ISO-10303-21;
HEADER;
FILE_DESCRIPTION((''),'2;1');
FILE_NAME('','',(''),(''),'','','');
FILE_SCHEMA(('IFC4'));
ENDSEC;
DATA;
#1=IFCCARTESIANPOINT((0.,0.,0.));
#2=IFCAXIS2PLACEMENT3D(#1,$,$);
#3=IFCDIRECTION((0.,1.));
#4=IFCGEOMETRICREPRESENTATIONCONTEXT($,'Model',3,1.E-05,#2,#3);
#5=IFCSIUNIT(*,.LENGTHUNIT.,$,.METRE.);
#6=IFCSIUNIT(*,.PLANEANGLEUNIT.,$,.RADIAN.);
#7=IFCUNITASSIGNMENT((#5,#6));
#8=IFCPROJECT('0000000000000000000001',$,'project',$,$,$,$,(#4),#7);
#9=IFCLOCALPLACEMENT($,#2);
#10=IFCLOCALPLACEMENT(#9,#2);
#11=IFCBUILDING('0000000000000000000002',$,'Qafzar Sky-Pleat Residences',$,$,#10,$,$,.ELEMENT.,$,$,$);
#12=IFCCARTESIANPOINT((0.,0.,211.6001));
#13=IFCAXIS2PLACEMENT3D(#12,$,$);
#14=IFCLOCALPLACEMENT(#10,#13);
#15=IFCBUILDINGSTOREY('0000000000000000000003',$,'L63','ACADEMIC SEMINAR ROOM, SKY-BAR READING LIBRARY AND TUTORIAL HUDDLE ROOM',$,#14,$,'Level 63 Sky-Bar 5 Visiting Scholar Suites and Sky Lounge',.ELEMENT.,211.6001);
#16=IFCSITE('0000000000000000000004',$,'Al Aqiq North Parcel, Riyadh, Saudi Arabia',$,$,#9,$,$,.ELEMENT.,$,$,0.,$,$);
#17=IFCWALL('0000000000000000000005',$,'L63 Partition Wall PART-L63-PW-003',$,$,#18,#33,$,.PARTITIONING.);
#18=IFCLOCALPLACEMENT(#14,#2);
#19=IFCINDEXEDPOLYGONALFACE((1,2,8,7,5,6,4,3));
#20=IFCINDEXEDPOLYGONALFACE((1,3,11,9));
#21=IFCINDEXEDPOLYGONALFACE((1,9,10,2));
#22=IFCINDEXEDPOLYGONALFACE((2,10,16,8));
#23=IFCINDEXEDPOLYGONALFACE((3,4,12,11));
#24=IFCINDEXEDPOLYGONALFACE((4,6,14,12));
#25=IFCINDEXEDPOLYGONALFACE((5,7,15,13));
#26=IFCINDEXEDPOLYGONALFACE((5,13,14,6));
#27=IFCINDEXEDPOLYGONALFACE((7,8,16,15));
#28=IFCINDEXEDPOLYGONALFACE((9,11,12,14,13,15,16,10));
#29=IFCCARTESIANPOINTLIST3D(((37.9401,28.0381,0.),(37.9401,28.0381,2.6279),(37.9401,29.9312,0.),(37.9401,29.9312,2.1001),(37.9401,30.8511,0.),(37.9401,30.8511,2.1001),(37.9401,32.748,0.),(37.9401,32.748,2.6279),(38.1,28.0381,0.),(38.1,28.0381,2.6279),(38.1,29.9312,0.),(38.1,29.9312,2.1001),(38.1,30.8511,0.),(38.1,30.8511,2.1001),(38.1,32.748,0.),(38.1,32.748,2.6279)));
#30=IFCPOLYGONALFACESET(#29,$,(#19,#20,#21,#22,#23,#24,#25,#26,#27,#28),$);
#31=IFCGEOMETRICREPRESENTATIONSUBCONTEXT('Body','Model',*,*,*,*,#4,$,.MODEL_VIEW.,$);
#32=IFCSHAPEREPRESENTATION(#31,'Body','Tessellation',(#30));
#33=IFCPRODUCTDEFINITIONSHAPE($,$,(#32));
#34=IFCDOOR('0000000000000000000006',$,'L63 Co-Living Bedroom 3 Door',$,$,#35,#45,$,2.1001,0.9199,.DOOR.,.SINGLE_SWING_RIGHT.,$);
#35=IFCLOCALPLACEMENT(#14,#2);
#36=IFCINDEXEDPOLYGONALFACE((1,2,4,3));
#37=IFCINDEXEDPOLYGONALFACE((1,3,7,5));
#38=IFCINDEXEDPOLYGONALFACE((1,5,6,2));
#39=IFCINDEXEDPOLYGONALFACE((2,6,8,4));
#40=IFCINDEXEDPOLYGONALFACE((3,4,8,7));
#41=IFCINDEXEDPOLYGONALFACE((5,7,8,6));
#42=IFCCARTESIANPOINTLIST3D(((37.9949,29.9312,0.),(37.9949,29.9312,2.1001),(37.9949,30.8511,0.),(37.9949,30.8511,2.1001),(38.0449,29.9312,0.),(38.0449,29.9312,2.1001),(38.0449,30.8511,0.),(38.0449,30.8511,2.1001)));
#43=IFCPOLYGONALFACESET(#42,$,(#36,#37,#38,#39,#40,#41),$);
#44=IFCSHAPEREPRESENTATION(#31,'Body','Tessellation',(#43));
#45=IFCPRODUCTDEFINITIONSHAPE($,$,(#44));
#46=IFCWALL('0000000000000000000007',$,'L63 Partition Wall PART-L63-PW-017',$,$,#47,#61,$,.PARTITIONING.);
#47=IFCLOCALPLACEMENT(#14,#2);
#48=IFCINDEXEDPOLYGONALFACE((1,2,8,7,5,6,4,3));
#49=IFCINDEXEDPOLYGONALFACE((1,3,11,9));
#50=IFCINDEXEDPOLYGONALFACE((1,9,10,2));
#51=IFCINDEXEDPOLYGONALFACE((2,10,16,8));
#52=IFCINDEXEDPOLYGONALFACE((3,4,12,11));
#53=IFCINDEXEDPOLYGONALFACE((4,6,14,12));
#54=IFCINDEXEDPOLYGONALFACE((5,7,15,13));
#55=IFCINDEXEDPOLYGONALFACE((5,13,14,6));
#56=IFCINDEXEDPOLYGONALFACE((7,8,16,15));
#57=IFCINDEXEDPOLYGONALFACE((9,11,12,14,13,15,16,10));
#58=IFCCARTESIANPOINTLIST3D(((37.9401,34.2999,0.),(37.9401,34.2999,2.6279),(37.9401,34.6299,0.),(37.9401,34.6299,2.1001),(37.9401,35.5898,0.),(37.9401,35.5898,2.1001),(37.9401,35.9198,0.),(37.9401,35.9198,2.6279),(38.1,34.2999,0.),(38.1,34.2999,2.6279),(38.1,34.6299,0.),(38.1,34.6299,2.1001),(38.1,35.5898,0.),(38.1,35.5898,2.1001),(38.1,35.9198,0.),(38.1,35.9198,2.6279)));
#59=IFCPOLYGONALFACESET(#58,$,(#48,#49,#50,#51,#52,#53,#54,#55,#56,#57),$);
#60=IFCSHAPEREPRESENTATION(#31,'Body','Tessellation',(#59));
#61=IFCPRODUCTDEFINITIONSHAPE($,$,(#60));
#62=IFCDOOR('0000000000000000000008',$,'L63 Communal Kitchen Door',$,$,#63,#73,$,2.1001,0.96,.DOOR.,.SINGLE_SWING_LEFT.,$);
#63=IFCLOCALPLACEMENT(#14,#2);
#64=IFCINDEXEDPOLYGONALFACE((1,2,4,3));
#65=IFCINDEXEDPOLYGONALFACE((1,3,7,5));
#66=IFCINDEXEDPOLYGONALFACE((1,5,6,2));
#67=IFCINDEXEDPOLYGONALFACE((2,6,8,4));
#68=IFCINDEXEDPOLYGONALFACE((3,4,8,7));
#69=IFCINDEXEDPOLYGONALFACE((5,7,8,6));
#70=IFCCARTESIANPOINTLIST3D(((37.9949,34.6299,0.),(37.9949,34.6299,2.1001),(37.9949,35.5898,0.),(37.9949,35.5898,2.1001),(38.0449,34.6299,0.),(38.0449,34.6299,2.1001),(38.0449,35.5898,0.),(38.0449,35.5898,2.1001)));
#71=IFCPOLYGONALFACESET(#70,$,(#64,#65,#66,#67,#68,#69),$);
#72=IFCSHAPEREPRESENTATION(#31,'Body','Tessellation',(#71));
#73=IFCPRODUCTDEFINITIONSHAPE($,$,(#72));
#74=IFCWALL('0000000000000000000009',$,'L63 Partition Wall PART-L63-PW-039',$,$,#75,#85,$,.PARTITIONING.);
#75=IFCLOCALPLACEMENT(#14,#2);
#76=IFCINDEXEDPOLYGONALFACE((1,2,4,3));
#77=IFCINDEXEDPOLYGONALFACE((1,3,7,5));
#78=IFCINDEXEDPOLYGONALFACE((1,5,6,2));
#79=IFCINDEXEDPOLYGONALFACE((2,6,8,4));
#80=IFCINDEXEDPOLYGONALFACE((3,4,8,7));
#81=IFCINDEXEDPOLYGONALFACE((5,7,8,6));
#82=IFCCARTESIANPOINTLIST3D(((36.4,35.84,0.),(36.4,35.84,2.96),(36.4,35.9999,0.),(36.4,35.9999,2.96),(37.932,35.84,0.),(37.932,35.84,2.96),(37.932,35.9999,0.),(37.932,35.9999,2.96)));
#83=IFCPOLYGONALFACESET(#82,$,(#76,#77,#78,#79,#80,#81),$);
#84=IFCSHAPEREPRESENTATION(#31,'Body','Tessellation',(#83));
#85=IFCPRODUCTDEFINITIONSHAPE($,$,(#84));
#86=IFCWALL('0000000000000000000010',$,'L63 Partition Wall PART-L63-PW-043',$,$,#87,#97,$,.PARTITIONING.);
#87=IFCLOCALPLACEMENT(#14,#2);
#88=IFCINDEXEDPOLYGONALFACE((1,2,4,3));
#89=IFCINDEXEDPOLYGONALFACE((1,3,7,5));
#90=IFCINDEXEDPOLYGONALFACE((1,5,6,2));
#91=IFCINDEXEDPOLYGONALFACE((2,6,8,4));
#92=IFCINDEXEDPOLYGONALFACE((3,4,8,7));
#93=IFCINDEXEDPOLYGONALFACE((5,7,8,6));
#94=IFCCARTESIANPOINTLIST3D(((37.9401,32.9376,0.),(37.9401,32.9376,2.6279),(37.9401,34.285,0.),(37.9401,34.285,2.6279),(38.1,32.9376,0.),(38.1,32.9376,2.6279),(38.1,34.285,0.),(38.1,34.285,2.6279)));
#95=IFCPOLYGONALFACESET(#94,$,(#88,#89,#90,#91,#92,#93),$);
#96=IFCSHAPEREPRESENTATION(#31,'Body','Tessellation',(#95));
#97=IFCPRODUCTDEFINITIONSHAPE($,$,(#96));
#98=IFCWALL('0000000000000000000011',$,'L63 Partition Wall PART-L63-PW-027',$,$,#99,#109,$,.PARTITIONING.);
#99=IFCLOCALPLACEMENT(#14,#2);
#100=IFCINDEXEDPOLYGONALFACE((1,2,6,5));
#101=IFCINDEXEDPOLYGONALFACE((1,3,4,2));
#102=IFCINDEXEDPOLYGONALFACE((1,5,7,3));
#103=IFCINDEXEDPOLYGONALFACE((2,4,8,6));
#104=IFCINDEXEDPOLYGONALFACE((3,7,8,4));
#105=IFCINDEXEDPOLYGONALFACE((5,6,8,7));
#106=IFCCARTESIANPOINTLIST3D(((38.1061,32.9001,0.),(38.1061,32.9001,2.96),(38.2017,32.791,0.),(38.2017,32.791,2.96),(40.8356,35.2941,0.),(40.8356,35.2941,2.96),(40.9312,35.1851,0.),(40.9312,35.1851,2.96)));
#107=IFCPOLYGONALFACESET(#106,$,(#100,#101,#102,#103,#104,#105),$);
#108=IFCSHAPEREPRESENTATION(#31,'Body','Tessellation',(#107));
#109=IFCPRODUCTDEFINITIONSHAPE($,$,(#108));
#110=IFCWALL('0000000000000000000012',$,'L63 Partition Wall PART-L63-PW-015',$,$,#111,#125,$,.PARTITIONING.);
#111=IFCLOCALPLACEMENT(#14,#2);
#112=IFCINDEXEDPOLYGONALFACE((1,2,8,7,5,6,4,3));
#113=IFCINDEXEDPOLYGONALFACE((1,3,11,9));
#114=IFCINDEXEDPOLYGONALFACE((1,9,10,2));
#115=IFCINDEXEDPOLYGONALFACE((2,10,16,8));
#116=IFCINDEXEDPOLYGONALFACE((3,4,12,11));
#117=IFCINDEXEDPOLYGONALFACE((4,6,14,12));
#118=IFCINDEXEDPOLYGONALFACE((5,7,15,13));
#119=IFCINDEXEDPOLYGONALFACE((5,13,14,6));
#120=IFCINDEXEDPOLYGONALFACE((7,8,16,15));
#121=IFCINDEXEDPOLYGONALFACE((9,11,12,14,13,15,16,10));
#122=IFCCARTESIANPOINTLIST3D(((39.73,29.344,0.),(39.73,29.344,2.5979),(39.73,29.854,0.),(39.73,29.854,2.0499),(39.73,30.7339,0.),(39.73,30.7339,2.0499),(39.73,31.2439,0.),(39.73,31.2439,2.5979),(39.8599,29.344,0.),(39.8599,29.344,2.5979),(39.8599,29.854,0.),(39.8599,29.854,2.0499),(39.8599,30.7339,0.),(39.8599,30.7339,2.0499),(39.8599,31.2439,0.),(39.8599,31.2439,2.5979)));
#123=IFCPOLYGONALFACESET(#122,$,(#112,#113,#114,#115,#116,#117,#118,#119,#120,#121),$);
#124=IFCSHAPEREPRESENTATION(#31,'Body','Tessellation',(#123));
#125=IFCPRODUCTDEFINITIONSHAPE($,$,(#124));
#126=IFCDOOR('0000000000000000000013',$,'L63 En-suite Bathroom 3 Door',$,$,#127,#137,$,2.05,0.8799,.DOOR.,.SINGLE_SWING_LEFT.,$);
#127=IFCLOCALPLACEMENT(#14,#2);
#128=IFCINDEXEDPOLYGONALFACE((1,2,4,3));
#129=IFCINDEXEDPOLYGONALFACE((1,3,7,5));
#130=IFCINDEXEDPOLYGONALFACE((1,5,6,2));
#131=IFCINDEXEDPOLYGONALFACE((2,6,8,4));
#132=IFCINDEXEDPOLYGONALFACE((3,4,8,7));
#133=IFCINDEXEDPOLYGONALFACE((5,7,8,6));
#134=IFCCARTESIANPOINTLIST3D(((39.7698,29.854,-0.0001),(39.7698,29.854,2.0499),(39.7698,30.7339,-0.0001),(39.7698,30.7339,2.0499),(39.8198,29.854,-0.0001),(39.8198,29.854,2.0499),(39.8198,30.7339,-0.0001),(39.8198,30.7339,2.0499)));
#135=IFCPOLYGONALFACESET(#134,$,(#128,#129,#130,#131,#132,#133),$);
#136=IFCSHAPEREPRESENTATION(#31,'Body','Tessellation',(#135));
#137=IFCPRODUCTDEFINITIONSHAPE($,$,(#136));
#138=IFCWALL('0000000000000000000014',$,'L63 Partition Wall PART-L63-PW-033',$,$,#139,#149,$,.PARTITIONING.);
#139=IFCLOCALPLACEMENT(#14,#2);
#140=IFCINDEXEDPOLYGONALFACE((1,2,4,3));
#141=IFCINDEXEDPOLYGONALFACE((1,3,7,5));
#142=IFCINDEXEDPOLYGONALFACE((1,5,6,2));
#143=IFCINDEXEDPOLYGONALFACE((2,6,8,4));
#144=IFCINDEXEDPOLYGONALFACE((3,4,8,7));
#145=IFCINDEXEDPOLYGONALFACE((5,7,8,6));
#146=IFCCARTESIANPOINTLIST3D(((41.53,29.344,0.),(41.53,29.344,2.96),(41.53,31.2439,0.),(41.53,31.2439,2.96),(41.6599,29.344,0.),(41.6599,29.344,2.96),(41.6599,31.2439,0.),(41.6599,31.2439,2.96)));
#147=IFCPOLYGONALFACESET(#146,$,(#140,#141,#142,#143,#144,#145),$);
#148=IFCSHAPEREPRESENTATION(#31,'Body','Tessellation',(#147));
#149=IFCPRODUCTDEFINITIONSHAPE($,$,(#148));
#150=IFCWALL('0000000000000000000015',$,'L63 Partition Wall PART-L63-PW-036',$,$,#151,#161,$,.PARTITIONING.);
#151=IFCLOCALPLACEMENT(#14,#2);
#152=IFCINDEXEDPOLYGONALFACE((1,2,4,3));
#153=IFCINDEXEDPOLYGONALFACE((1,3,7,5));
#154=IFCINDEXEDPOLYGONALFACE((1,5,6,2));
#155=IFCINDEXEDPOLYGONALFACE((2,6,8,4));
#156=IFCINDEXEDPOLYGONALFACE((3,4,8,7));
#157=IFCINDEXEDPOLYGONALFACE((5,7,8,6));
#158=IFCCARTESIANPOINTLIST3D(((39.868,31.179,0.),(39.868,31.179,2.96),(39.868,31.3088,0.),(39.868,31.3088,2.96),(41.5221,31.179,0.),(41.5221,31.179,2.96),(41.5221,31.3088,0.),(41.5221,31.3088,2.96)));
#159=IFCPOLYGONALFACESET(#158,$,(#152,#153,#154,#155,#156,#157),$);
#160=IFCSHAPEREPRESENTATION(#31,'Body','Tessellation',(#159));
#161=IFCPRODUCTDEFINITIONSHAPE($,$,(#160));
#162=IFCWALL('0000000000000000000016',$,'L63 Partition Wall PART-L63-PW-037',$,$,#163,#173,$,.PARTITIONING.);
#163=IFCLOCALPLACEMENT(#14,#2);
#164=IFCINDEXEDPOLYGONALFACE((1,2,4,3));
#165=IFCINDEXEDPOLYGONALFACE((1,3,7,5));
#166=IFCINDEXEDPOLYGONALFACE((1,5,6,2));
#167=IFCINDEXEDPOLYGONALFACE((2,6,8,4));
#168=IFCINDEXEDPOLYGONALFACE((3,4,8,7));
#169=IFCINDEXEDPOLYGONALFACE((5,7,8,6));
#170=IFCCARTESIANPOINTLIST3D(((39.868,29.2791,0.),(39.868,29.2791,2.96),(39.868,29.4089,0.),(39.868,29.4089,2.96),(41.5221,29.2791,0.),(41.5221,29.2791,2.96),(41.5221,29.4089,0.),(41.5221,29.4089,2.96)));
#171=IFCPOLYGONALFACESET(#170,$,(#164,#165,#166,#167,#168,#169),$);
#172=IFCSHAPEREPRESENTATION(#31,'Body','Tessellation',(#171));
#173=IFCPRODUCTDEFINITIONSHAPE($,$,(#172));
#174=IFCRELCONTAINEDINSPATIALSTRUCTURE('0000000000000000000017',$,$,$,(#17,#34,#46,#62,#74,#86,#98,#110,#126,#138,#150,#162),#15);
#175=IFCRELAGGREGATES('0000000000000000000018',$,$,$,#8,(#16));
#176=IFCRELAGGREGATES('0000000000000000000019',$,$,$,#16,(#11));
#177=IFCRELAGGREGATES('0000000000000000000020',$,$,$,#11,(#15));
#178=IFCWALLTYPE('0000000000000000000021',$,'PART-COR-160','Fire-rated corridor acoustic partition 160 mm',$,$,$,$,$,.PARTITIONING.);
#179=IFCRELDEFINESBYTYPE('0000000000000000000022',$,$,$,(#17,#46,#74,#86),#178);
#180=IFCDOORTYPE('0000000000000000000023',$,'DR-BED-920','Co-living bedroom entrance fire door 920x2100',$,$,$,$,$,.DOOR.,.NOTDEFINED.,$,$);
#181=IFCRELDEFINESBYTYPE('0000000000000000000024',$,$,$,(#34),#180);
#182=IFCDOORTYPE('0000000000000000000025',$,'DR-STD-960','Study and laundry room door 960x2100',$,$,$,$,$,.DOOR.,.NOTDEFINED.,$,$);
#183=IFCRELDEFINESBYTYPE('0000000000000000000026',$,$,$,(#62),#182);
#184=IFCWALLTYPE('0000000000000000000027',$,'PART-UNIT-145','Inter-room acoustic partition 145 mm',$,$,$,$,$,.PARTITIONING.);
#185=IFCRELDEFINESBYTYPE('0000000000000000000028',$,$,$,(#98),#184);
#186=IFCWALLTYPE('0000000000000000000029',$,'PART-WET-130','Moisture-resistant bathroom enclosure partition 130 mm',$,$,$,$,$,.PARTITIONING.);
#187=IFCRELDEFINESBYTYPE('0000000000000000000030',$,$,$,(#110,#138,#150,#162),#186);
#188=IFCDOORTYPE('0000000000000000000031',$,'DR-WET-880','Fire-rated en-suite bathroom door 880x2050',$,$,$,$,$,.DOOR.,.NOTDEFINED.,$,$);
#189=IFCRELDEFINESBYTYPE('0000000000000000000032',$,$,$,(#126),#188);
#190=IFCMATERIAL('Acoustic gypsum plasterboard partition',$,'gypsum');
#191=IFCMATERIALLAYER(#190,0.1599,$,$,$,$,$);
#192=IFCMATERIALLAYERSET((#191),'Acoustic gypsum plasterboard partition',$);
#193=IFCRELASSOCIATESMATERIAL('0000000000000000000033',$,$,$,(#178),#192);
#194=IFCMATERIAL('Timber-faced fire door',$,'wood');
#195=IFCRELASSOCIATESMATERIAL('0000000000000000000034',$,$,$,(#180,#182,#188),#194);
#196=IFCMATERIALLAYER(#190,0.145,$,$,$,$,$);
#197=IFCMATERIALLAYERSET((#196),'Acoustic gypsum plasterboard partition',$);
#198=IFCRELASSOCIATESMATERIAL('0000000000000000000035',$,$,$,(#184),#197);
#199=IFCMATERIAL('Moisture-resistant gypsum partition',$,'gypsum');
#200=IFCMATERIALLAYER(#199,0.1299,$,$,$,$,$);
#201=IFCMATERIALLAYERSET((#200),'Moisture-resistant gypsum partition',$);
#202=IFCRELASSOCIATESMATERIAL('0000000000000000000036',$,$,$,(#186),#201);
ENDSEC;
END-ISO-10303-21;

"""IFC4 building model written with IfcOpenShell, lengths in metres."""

from ifc_helpers import new_model, si_unit, direction, frame, frame_2d, origin, place, context, subcontext, project, spatial, rectangle, extrude, source, transform, mapped, material, layer, layer_set, type_object, element, fill, save


model = new_model("IFC4")

# Units and contexts
model_context = context("Model", 3, precision=1e-05, world=origin(), true_north=direction((0.0, 1.0)))
body_context = subcontext(model_context, "Body", "Model", "MODEL_VIEW")
ifc_project = project(units=[si_unit("LENGTHUNIT", "METRE"), si_unit("PLANEANGLEUNIT", "RADIAN")], contexts=[model_context])

# Site, building, storey
site_placement = place(None, origin())
site = spatial("IfcSite", under=ifc_project, at=site_placement, Name="Al Aqiq North Parcel, Riyadh, Saudi Arabia", CompositionType="ELEMENT", RefElevation=0.0)
building_placement = place(site_placement, origin())
building = spatial("IfcBuilding", under=site, at=building_placement, Name="Qafzar Sky-Pleat Residences", CompositionType="ELEMENT")
storey_placement = place(building_placement, frame((0.0, 0.0, 211.6001)))
storey = spatial("IfcBuildingStorey", under=building, at=storey_placement, Name="L63", Description="ACADEMIC SEMINAR ROOM, SKY-BAR READING LIBRARY AND TUTORIAL HUDDLE ROOM", LongName="Level 63 Sky-Bar 5 Visiting Scholar Suites and Sky Lounge", CompositionType="ELEMENT", Elevation=211.6001)

# Walls, openings, doors
ifc_material_1 = material(Name="Acoustic gypsum plasterboard partition", Category="gypsum")
ifc_layer_1 = layer(ifc_material_1, 0.1599)
ifc_layer_set_1 = layer_set([ifc_layer_1], Name="Acoustic gypsum plasterboard partition")
wall_type_1 = type_object("IfcWallType", Name="PART-COR-160", Description="Fire-rated corridor acoustic partition 160 mm", PredefinedType="PARTITIONING", material=ifc_layer_set_1)
wall_1_placement = place(storey_placement, frame((38.02, 32.748, 0.0), z_axis=(0.0, 0.0, 1.0), x_axis=(0.0, -1.0, 0.0)))
wall_1 = element("IfcWall", 1, at=wall_1_placement, inside=storey, type_object=wall_type_1, Name="L63 Partition Wall PART-L63-PW-003", PredefinedType="PARTITIONING", context=body_context, shape_type="SweptSolid", body=[
    extrude(rectangle(XDim=4.71, YDim=0.1599, at=frame_2d((2.355, 0.0))), origin(), (0.0, 0.0, 1.0), 2.6279),
])
opening_1_placement = place(wall_1_placement, frame((1.897, 0.0, 0.0)))
opening_1 = element("IfcOpeningElement", 2, at=opening_1_placement, cuts=wall_1, PredefinedType="OPENING", context=body_context, shape_type="SweptSolid", body=[
    extrude(rectangle(XDim=0.9199, YDim=2.1001, at=frame_2d((0.46, 1.05))), frame((0.0, 0.0898, 0.0), z_axis=(0.0, -1.0, 0.0), x_axis=(1.0, 0.0, 0.0)), (0.0, 0.0, 1.0), 0.1799),
])
ifc_material_2 = material(Name="Timber-faced fire door", Category="wood")
door_type_1 = type_object("IfcDoorType", Name="DR-BED-920", Description="Co-living bedroom entrance fire door 920x2100", OperationType="NOTDEFINED", PredefinedType="DOOR", material=ifc_material_2)
shared_shape_1 = source(origin(), body_context, "Body", "SweptSolid", [
    extrude(rectangle(XDim=0.9199, YDim=2.1001, at=frame_2d((0.46, 1.05))), frame((0.0, 0.0249, 0.0), z_axis=(0.0, -1.0, 0.0), x_axis=(1.0, 0.0, 0.0)), (0.0, 0.0, 1.0), 0.05),
])
door_1_placement = place(opening_1_placement, origin())
door_1 = element("IfcDoor", 3, at=door_1_placement, inside=storey, type_object=door_type_1, Name="L63 Co-Living Bedroom 3 Door", OperationType="SINGLE_SWING_RIGHT", OverallHeight=2.1001, OverallWidth=0.9199, PredefinedType="DOOR", context=body_context, shape_type="MappedRepresentation", body=[
    mapped(shared_shape_1, transform((0.0, 0.0, 0.0), x_axis=(1.0, 0.0, 0.0), y_axis=(0.0, 1.0, 0.0), z_axis=(0.0, 0.0, 1.0), scale=1.0)),
])
fill(opening_1, door_1)
wall_2_placement = place(storey_placement, frame((38.02, 35.9199, 0.0), z_axis=(0.0, 0.0, 1.0), x_axis=(0.0, -1.0, 0.0)))
wall_2 = element("IfcWall", 4, at=wall_2_placement, inside=storey, type_object=wall_type_1, Name="L63 Partition Wall PART-L63-PW-017", PredefinedType="PARTITIONING", context=body_context, shape_type="SweptSolid", body=[
    extrude(rectangle(XDim=1.6199, YDim=0.1599, at=frame_2d((0.8101, 0.0))), origin(), (0.0, 0.0, 1.0), 2.6279),
])
opening_2_placement = place(wall_2_placement, frame((0.3301, 0.0, 0.0)))
opening_2 = element("IfcOpeningElement", 5, at=opening_2_placement, cuts=wall_2, PredefinedType="OPENING", context=body_context, shape_type="SweptSolid", body=[
    extrude(rectangle(XDim=0.96, YDim=2.1001, at=frame_2d((0.48, 1.05))), frame((0.0, 0.0898, 0.0), z_axis=(0.0, -1.0, 0.0), x_axis=(1.0, 0.0, 0.0)), (0.0, 0.0, 1.0), 0.1799),
])
door_type_2 = type_object("IfcDoorType", Name="DR-STD-960", Description="Study and laundry room door 960x2100", OperationType="NOTDEFINED", PredefinedType="DOOR", material=ifc_material_2)
shared_shape_2 = source(origin(), body_context, "Body", "SweptSolid", [
    extrude(rectangle(XDim=0.96, YDim=2.1001, at=frame_2d((0.48, 1.05))), frame((0.0, 0.0249, 0.0), z_axis=(0.0, -1.0, 0.0), x_axis=(1.0, 0.0, 0.0)), (0.0, 0.0, 1.0), 0.05),
])
door_2_placement = place(opening_2_placement, origin())
door_2 = element("IfcDoor", 6, at=door_2_placement, inside=storey, type_object=door_type_2, Name="L63 Communal Kitchen Door", OperationType="SINGLE_SWING_LEFT", OverallHeight=2.1001, OverallWidth=0.96, PredefinedType="DOOR", context=body_context, shape_type="MappedRepresentation", body=[
    mapped(shared_shape_2, transform((0.0, 0.0, 0.0), x_axis=(1.0, 0.0, 0.0), y_axis=(0.0, 1.0, 0.0), z_axis=(0.0, 0.0, 1.0), scale=1.0)),
])
fill(opening_2, door_2)

# Walls
wall_3_placement = place(storey_placement, frame((36.3999, 35.9199, 0.0), z_axis=(0.0, 0.0, 1.0), x_axis=(1.0, 0.0, 0.0)))
element("IfcWall", 7, at=wall_3_placement, inside=storey, type_object=wall_type_1, Name="L63 Partition Wall PART-L63-PW-039", PredefinedType="PARTITIONING", context=body_context, shape_type="SweptSolid", body=[
    extrude(rectangle(XDim=1.532, YDim=0.1599, at=frame_2d((0.7661, 0.0))), origin(), (0.0, 0.0, 1.0), 2.96),
])
wall_4_placement = place(storey_placement, frame((38.02, 32.9375, 0.0), z_axis=(0.0, 0.0, 1.0), x_axis=(0.0, 1.0, 0.0)))
element("IfcWall", 8, at=wall_4_placement, inside=storey, type_object=wall_type_1, Name="L63 Partition Wall PART-L63-PW-043", PredefinedType="PARTITIONING", context=body_context, shape_type="SweptSolid", body=[
    extrude(rectangle(XDim=1.3474, YDim=0.1599, at=frame_2d((0.6738, 0.0))), origin(), (0.0, 0.0, 1.0), 2.6279),
])
ifc_layer_2 = layer(ifc_material_1, 0.145)
ifc_layer_set_2 = layer_set([ifc_layer_2], Name="Acoustic gypsum plasterboard partition")
wall_type_2 = type_object("IfcWallType", Name="PART-UNIT-145", Description="Inter-room acoustic partition 145 mm", PredefinedType="PARTITIONING", material=ifc_layer_set_2)
wall_5_placement = place(storey_placement, frame((38.1538, 32.8455, 0.0), z_axis=(0.0, 0.0, 1.0), x_axis=(0.751793, 0.659399, 0.0)))
element("IfcWall", 9, at=wall_5_placement, inside=storey, type_object=wall_type_2, Name="L63 Partition Wall PART-L63-PW-027", PredefinedType="PARTITIONING", context=body_context, shape_type="SweptSolid", body=[
    extrude(rectangle(XDim=3.6306, YDim=0.145, at=frame_2d((1.8154, 0.0))), origin(), (0.0, 0.0, 1.0), 2.96),
])

# Wall, opening, door
ifc_material_3 = material(Name="Moisture-resistant gypsum partition", Category="gypsum")
ifc_layer_3 = layer(ifc_material_3, 0.1299)
ifc_layer_set_3 = layer_set([ifc_layer_3], Name="Moisture-resistant gypsum partition")
wall_type_3 = type_object("IfcWallType", Name="PART-WET-130", Description="Moisture-resistant bathroom enclosure partition 130 mm", PredefinedType="PARTITIONING", material=ifc_layer_set_3)
wall_6_placement = place(storey_placement, frame((39.7949, 31.2439, 0.0), z_axis=(0.0, 0.0, 1.0), x_axis=(0.0, -1.0, 0.0)))
wall_6 = element("IfcWall", 10, at=wall_6_placement, inside=storey, type_object=wall_type_3, Name="L63 Partition Wall PART-L63-PW-015", PredefinedType="PARTITIONING", context=body_context, shape_type="SweptSolid", body=[
    extrude(rectangle(XDim=1.8999, YDim=0.1299, at=frame_2d((0.95, 0.0))), origin(), (0.0, 0.0, 1.0), 2.5979),
])
opening_3_placement = place(wall_6_placement, frame((0.51, 0.0, 0.0)))
opening_3 = element("IfcOpeningElement", 11, at=opening_3_placement, cuts=wall_6, PredefinedType="OPENING", context=body_context, shape_type="SweptSolid", body=[
    extrude(rectangle(XDim=0.8799, YDim=2.05, at=frame_2d((0.4399, 1.0249))), frame((0.0, 0.075, 0.0), z_axis=(0.0, -1.0, 0.0), x_axis=(1.0, 0.0, 0.0)), (0.0, 0.0, 1.0), 0.1499),
])
door_type_3 = type_object("IfcDoorType", Name="DR-WET-880", Description="Fire-rated en-suite bathroom door 880x2050", OperationType="NOTDEFINED", PredefinedType="DOOR", material=ifc_material_2)
shared_shape_3 = source(origin(), body_context, "Body", "SweptSolid", [
    extrude(rectangle(XDim=0.8799, YDim=2.05, at=frame_2d((0.4399, 1.0249))), frame((0.0, 0.0249, 0.0), z_axis=(0.0, -1.0, 0.0), x_axis=(1.0, 0.0, 0.0)), (0.0, 0.0, 1.0), 0.05),
])
door_3_placement = place(opening_3_placement, origin())
door_3 = element("IfcDoor", 12, at=door_3_placement, inside=storey, type_object=door_type_3, Name="L63 En-suite Bathroom 3 Door", OperationType="SINGLE_SWING_LEFT", OverallHeight=2.05, OverallWidth=0.8799, PredefinedType="DOOR", context=body_context, shape_type="MappedRepresentation", body=[
    mapped(shared_shape_3, transform((0.0, 0.0, 0.0), x_axis=(1.0, 0.0, 0.0), y_axis=(0.0, 1.0, 0.0), z_axis=(0.0, 0.0, 1.0), scale=1.0)),
])
fill(opening_3, door_3)

# Walls
wall_7_placement = place(storey_placement, frame((41.595, 29.344, 0.0), z_axis=(0.0, 0.0, 1.0), x_axis=(0.0, 1.0, 0.0)))
element("IfcWall", 13, at=wall_7_placement, inside=storey, type_object=wall_type_3, Name="L63 Partition Wall PART-L63-PW-033", PredefinedType="PARTITIONING", context=body_context, shape_type="SweptSolid", body=[
    extrude(rectangle(XDim=1.8999, YDim=0.1299, at=frame_2d((0.95, 0.0))), origin(), (0.0, 0.0, 1.0), 2.96),
])
for number, where, z_axis, x_axis, name in (
    (14, (39.8679, 31.2439, 0.0), (0.0, 0.0, 1.0), (1.0, 0.0, 0.0), "L63 Partition Wall PART-L63-PW-036"),
    (15, (39.8679, 29.344, 0.0), (0.0, 0.0, 1.0), (1.0, 0.0, 0.0), "L63 Partition Wall PART-L63-PW-037"),
):
    element("IfcWall", number, at=place(storey_placement, frame(where, z_axis=z_axis, x_axis=x_axis)), inside=storey, type_object=wall_type_3, Name=name, PredefinedType="PARTITIONING", context=body_context, shape_type="SweptSolid", body=[
        extrude(rectangle(XDim=1.6541, YDim=0.1299, at=frame_2d((0.8271, 0.0))), origin(), (0.0, 0.0, 1.0), 2.96),
    ])

save(model, "model.ifc")
